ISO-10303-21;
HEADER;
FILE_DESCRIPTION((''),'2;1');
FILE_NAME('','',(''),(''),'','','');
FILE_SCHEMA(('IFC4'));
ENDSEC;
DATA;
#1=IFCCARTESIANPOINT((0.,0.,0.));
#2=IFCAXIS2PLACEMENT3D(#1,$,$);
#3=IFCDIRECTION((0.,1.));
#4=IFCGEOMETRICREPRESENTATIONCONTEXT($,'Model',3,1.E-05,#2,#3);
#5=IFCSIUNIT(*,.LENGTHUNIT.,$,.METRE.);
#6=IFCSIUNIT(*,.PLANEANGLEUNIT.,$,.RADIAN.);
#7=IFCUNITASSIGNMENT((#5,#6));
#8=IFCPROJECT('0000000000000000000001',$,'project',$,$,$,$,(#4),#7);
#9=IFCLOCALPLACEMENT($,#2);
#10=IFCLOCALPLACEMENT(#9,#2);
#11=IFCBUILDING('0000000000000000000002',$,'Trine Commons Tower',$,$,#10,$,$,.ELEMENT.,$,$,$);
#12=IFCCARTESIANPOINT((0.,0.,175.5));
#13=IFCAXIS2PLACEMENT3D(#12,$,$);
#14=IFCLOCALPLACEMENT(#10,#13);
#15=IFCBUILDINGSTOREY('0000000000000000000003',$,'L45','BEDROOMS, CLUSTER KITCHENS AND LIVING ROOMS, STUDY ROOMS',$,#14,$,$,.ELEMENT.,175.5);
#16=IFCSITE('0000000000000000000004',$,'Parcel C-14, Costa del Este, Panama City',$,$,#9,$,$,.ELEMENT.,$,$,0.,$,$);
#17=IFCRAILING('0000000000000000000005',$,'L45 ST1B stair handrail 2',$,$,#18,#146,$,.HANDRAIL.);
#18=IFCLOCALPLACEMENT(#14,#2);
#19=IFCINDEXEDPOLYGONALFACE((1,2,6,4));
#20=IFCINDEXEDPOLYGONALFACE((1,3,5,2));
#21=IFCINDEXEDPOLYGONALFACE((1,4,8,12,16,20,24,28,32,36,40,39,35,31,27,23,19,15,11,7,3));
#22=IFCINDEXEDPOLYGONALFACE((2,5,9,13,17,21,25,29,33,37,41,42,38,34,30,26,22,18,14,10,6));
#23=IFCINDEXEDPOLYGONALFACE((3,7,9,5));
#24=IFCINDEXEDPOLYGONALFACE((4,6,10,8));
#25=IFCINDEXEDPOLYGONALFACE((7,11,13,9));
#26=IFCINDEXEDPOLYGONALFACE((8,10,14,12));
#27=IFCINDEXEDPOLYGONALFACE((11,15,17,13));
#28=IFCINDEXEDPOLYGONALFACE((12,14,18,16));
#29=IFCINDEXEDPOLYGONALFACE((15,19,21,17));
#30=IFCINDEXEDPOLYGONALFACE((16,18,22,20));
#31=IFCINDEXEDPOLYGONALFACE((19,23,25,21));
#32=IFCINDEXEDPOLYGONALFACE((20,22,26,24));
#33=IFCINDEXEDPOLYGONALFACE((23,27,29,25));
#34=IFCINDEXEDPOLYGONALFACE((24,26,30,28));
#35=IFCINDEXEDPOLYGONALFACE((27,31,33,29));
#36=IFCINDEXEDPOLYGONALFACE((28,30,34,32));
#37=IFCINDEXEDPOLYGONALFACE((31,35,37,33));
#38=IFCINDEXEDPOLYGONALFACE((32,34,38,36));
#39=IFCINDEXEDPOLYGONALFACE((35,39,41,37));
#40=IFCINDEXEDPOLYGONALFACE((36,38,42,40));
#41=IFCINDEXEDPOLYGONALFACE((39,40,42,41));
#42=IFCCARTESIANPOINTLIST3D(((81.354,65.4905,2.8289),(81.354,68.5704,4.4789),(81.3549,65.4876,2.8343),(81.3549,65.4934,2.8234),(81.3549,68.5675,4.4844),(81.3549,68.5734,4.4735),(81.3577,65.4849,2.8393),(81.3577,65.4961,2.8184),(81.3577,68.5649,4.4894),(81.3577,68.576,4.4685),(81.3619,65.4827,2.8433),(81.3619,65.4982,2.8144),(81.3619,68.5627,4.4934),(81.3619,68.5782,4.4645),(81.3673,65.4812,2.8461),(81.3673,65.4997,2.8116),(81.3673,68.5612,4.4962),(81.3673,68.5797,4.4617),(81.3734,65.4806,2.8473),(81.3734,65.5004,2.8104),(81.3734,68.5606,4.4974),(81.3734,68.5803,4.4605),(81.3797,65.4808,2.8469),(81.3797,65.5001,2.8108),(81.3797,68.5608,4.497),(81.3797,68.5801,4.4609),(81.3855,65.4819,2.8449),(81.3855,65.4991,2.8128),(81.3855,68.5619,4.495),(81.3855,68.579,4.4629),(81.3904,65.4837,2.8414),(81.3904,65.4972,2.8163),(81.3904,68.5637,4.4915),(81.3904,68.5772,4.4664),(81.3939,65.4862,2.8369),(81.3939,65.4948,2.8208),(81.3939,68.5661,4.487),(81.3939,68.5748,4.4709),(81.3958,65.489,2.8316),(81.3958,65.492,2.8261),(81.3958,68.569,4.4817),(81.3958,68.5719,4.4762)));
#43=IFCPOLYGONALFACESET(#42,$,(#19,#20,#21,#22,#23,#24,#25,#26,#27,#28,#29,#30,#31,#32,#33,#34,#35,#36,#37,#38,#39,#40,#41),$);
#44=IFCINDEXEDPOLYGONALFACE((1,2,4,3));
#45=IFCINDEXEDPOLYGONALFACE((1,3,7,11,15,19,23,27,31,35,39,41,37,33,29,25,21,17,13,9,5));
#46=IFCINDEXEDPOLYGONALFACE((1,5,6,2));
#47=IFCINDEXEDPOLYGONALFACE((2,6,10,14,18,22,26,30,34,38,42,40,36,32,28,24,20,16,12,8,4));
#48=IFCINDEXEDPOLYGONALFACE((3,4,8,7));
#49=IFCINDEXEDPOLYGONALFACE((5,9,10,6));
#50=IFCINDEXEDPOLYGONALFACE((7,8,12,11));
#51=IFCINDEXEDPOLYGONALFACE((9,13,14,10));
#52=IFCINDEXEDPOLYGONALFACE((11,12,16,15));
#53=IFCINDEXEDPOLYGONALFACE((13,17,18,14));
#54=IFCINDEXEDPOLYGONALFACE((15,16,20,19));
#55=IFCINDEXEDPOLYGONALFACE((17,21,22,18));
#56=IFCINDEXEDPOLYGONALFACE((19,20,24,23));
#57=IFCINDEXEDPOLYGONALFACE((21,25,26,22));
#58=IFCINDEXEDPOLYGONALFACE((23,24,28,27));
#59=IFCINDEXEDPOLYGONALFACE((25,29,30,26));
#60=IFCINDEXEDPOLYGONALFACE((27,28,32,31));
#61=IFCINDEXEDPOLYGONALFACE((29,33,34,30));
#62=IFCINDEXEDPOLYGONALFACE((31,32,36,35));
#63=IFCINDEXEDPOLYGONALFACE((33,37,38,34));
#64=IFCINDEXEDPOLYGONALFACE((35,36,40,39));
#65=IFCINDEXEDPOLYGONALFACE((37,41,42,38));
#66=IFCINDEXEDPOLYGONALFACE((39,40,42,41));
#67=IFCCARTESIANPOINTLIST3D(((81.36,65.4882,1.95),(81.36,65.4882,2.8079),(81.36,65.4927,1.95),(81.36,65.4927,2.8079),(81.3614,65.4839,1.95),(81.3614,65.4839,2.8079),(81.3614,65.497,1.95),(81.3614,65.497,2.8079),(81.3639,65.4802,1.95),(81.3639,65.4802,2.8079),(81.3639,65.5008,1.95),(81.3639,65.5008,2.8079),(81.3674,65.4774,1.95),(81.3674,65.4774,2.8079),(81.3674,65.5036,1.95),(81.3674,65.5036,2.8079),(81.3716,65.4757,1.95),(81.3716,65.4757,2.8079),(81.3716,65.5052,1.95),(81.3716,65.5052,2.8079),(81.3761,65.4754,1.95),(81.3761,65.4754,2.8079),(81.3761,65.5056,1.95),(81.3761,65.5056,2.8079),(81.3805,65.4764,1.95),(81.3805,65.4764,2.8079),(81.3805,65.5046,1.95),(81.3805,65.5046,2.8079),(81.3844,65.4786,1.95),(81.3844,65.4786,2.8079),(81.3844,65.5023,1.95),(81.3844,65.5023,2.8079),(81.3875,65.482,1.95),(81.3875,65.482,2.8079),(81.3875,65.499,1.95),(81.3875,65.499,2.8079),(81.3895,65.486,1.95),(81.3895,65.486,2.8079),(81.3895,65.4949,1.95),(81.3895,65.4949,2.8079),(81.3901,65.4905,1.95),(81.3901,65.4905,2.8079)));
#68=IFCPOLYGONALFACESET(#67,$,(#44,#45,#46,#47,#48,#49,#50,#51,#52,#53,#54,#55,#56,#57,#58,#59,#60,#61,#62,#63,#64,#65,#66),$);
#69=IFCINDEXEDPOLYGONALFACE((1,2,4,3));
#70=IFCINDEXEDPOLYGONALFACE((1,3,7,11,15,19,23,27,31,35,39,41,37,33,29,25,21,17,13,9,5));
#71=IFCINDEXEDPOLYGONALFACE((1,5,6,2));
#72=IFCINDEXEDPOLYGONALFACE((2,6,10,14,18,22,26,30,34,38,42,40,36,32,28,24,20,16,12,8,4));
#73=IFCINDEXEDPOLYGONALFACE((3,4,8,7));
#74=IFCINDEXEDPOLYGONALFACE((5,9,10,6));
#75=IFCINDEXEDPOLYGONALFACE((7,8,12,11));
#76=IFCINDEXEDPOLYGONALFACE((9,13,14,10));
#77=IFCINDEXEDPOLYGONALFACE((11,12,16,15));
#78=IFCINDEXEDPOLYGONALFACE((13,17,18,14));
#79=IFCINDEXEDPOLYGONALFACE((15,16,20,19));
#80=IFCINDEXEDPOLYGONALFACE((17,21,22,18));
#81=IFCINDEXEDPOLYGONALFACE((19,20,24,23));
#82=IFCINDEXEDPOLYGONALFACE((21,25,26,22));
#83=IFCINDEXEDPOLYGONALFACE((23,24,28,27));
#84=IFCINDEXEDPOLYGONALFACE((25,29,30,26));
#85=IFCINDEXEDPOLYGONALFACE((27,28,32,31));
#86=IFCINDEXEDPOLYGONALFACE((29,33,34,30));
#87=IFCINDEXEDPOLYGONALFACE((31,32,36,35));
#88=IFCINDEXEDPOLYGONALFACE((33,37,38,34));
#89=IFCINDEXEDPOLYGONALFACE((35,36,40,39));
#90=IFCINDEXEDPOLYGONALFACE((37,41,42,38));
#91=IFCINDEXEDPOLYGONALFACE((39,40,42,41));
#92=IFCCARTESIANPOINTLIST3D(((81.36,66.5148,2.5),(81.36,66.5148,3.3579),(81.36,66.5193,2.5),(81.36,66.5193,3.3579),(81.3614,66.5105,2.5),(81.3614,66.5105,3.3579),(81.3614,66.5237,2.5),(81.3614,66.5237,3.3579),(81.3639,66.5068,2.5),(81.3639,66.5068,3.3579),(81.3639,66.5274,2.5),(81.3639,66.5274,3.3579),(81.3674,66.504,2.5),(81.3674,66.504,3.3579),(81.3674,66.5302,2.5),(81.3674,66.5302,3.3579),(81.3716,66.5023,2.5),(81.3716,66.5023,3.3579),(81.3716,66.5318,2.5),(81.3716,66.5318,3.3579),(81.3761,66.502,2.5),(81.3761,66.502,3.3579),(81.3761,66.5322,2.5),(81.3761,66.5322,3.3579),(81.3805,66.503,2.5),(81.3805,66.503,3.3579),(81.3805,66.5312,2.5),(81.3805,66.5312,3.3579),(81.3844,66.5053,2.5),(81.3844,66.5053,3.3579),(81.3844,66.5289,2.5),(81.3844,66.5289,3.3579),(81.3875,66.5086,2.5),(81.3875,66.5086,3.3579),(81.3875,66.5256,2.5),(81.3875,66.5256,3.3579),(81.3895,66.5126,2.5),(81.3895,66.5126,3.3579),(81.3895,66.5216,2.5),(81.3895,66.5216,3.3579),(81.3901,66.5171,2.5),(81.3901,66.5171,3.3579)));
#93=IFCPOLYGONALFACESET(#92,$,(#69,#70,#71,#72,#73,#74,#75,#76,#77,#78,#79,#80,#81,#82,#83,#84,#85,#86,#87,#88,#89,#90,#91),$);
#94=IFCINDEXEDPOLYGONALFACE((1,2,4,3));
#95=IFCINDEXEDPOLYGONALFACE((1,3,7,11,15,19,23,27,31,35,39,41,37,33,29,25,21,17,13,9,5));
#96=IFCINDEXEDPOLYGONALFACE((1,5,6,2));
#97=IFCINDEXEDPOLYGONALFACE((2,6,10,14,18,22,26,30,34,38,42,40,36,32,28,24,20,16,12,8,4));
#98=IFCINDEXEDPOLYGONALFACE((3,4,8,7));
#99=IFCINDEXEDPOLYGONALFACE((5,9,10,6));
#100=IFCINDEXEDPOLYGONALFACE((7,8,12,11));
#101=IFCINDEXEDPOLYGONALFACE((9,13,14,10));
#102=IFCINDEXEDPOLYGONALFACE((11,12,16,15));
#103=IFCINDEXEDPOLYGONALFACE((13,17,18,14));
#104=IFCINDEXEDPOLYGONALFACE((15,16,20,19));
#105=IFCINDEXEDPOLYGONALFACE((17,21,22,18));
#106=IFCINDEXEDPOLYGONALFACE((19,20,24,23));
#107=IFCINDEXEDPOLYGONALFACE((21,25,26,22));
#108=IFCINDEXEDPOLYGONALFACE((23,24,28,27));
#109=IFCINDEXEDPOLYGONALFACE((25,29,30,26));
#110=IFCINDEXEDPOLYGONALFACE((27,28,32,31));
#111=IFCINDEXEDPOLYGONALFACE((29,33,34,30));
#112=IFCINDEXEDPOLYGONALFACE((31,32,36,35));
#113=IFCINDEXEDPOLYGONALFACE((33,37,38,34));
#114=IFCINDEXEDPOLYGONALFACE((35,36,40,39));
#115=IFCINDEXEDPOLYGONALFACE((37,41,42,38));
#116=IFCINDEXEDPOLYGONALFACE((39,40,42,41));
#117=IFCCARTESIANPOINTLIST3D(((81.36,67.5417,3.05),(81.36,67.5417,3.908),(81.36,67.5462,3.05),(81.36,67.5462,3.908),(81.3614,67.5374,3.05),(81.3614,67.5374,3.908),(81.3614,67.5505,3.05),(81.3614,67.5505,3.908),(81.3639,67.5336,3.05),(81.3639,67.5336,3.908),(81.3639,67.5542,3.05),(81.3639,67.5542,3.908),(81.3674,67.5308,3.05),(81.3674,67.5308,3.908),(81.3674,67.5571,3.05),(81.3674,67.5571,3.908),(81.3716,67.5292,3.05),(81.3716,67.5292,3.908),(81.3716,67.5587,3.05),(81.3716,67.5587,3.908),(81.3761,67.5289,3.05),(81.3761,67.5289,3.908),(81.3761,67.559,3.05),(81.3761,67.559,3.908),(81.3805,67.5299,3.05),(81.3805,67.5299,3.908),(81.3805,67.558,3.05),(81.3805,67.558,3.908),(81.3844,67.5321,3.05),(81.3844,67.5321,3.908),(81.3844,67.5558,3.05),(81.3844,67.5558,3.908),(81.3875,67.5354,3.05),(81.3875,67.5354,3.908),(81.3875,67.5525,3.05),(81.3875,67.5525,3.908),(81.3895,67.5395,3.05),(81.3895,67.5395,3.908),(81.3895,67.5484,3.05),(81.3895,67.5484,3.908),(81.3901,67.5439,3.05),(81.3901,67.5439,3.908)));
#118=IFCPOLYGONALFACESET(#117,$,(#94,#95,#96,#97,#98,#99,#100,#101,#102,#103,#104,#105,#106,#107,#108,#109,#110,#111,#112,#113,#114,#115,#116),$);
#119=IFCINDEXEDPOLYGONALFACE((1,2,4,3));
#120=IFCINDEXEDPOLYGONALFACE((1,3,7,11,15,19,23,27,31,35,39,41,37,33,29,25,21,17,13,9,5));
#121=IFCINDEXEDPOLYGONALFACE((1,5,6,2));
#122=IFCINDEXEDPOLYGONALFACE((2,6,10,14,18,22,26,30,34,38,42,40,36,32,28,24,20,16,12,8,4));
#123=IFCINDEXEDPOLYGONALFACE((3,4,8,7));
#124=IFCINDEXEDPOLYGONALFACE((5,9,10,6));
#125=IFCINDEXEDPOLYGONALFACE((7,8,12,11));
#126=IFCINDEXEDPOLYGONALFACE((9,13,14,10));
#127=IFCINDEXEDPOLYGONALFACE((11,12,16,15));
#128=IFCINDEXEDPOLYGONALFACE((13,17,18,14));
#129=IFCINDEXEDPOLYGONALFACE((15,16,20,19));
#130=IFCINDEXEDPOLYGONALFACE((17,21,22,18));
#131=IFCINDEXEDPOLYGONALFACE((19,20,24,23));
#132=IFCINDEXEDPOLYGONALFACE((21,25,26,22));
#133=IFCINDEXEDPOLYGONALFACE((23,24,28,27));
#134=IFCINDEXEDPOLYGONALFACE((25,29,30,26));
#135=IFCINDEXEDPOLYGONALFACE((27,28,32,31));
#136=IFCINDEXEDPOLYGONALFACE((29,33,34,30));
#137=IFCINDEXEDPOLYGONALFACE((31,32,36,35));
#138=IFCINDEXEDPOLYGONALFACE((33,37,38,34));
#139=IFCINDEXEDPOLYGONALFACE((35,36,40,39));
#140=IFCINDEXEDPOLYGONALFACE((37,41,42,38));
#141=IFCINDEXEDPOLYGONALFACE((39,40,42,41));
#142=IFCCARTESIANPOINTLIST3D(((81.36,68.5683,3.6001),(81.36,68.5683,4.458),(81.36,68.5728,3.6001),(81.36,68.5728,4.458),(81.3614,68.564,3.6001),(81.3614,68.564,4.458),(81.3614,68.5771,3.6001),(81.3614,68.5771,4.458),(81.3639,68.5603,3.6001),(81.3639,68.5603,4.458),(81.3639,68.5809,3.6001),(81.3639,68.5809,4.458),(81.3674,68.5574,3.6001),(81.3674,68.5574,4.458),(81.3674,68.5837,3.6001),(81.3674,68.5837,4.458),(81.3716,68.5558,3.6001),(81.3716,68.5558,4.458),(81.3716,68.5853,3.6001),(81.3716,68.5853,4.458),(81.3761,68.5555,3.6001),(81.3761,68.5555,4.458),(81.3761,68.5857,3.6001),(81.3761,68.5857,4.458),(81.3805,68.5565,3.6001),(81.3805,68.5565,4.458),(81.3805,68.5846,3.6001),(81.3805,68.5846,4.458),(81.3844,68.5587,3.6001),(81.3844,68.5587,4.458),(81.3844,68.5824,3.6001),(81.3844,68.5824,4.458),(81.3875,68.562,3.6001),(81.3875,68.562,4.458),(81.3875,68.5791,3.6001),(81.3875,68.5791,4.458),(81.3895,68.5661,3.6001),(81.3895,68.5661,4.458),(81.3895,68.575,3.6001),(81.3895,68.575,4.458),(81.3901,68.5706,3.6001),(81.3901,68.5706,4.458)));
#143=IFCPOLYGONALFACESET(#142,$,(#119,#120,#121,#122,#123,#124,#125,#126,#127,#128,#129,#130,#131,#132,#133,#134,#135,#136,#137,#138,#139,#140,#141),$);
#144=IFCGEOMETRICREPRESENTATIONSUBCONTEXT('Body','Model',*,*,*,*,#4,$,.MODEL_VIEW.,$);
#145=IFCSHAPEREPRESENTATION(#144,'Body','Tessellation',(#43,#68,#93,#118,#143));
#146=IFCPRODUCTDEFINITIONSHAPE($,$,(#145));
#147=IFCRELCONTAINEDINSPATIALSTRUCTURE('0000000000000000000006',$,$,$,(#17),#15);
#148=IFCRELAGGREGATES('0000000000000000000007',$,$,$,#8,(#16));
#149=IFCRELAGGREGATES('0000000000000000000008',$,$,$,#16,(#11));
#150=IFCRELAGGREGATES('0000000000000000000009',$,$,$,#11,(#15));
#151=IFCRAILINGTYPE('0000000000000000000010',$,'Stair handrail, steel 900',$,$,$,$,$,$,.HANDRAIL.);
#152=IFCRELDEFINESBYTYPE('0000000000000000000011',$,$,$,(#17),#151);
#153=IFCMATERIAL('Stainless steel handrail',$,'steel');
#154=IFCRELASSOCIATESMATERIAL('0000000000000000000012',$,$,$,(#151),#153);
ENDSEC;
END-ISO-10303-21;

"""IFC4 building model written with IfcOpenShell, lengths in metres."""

from ifc_helpers import new_model, si_unit, direction, frame, origin, origin_2d, place, context, subcontext, project, spatial, circle, extrude, material, type_object, element, save


model = new_model("IFC4")

# Units and contexts
model_context = context("Model", 3, precision=1e-05, world=origin(), true_north=direction((0.0, 1.0)))
body_context = subcontext(model_context, "Body", "Model", "MODEL_VIEW")
ifc_project = project(units=[si_unit("LENGTHUNIT", "METRE"), si_unit("PLANEANGLEUNIT", "RADIAN")], contexts=[model_context])

# Site, building, storey
site_placement = place(None, origin())
site = spatial("IfcSite", under=ifc_project, at=site_placement, Name="Parcel C-14, Costa del Este, Panama City", CompositionType="ELEMENT", RefElevation=0.0)
building_placement = place(site_placement, origin())
building = spatial("IfcBuilding", under=site, at=building_placement, Name="Trine Commons Tower", CompositionType="ELEMENT")
storey_placement = place(building_placement, frame((0.0, 0.0, 175.5)))
storey = spatial("IfcBuildingStorey", under=building, at=storey_placement, Name="L45", Description="BEDROOMS, CLUSTER KITCHENS AND LIVING ROOMS, STUDY ROOMS", CompositionType="ELEMENT", Elevation=175.5)

# Railing
ifc_material_1 = material(Name="Stainless steel handrail", Category="steel")
railing_type_1 = type_object("IfcRailingType", Name="Stair handrail, steel 900", PredefinedType="HANDRAIL", material=ifc_material_1)
railing_1_placement = place(storey_placement, frame((81.375, 65.4905, 1.95)))
element("IfcRailing", 1, at=railing_1_placement, inside=storey, type_object=railing_type_1, Name="L45 ST1B stair handrail 2", PredefinedType="HANDRAIL", context=body_context, shape_type="SweptSolid", body=[
    extrude(circle(Radius=0.021, at=origin_2d()), frame((0.0, 0.0, 0.8789), z_axis=(0.0, 0.881468, 0.472245), x_axis=(-1.0, 0.0, 0.0)), (0.0, 0.0, 1.0), 3.4941),
    extrude(circle(Radius=0.0151, at=origin_2d()), origin(), (0.0, 0.0, 1.0), 0.8579),
    extrude(circle(Radius=0.0151, at=origin_2d()), frame((0.0, 1.0266, 0.55)), (0.0, 0.0, 1.0), 0.8579),
    extrude(circle(Radius=0.0151, at=origin_2d()), frame((0.0, 2.0535, 1.1001)), (0.0, 0.0, 1.0), 0.8579),
    extrude(circle(Radius=0.0151, at=origin_2d()), frame((0.0, 3.0801, 1.6501)), (0.0, 0.0, 1.0), 0.8579),
])

save(model, "model.ifc")
